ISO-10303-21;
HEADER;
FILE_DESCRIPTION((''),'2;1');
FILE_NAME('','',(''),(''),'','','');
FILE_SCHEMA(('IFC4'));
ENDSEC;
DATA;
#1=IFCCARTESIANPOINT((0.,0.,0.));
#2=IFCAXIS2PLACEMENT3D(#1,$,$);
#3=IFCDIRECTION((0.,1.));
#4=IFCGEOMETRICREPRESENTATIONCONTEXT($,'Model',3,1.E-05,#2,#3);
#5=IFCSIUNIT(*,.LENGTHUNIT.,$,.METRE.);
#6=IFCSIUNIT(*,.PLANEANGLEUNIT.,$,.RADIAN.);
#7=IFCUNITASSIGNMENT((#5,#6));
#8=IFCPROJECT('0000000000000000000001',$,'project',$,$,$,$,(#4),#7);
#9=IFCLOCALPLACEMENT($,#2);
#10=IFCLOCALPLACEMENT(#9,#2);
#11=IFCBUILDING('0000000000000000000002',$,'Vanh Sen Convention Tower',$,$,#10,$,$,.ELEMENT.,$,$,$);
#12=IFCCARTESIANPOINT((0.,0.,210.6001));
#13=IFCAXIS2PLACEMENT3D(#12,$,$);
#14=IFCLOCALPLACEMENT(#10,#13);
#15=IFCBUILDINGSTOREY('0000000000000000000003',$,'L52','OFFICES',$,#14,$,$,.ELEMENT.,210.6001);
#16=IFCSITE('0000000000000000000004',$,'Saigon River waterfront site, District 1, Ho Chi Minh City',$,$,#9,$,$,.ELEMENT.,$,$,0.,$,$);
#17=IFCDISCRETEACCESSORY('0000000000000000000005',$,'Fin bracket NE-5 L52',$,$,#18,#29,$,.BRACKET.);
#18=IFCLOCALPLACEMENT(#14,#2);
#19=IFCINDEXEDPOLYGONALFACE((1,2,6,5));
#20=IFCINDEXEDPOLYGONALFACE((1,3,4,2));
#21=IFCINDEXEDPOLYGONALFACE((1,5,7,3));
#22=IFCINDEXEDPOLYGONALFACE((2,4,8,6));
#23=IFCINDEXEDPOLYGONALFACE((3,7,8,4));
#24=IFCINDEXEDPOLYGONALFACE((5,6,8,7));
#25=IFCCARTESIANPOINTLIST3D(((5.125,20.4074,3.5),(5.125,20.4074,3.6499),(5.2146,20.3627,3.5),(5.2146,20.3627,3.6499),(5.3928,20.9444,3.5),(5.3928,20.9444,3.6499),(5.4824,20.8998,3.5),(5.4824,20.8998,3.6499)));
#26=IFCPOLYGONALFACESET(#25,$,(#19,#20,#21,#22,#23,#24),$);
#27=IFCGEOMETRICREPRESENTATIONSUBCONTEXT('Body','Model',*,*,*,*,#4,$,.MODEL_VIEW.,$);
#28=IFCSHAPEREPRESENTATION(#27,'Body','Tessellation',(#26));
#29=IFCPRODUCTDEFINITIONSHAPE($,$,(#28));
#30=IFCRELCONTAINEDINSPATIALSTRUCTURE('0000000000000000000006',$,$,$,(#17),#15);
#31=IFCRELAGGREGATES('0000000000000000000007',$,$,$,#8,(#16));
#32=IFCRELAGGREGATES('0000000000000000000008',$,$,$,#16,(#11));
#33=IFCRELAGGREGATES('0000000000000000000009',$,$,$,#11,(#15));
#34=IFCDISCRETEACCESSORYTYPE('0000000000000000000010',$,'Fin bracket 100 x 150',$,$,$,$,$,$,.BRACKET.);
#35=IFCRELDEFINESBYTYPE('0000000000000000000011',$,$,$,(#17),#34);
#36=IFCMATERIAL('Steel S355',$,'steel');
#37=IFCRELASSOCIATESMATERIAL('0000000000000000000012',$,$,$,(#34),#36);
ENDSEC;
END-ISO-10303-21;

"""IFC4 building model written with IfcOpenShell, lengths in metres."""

from ifc_helpers import new_model, si_unit, direction, frame, origin, origin_2d, place, context, subcontext, project, spatial, rectangle, extrude, material, type_object, element, save


model = new_model("IFC4")

# Units and contexts
model_context = context("Model", 3, precision=1e-05, world=origin(), true_north=direction((0.0, 1.0)))
body_context = subcontext(model_context, "Body", "Model", "MODEL_VIEW")
ifc_project = project(units=[si_unit("LENGTHUNIT", "METRE"), si_unit("PLANEANGLEUNIT", "RADIAN")], contexts=[model_context])

# Site, building, storey
site_placement = place(None, origin())
site = spatial("IfcSite", under=ifc_project, at=site_placement, Name="Saigon River waterfront site, District 1, Ho Chi Minh City", CompositionType="ELEMENT", RefElevation=0.0)
building_placement = place(site_placement, origin())
building = spatial("IfcBuilding", under=site, at=building_placement, Name="Vanh Sen Convention Tower", CompositionType="ELEMENT")
storey_placement = place(building_placement, frame((0.0, 0.0, 210.6001)))
storey = spatial("IfcBuildingStorey", under=building, at=storey_placement, Name="L52", Description="OFFICES", CompositionType="ELEMENT", Elevation=210.6001)

# Discrete accessory
ifc_material_1 = material(Name="Steel S355", Category="steel")
discrete_accessory_type = type_object("IfcDiscreteAccessoryType", Name="Fin bracket 100 x 150", PredefinedType="BRACKET", material=ifc_material_1)
discrete_accessory_placement = place(storey_placement, frame((5.3037, 20.6536, 3.5), z_axis=(0.0, 0.0, 1.0), x_axis=(0.446198, 0.894934, 0.0)))
element("IfcDiscreteAccessory", 1, at=discrete_accessory_placement, inside=storey, type_object=discrete_accessory_type, Name="Fin bracket NE-5 L52", PredefinedType="BRACKET", context=body_context, shape_type="SweptSolid", body=[
    extrude(rectangle(XDim=0.6001, YDim=0.1001, at=origin_2d()), origin(), (0.0, 0.0, 1.0), 0.1499),
])

save(model, "model.ifc")
